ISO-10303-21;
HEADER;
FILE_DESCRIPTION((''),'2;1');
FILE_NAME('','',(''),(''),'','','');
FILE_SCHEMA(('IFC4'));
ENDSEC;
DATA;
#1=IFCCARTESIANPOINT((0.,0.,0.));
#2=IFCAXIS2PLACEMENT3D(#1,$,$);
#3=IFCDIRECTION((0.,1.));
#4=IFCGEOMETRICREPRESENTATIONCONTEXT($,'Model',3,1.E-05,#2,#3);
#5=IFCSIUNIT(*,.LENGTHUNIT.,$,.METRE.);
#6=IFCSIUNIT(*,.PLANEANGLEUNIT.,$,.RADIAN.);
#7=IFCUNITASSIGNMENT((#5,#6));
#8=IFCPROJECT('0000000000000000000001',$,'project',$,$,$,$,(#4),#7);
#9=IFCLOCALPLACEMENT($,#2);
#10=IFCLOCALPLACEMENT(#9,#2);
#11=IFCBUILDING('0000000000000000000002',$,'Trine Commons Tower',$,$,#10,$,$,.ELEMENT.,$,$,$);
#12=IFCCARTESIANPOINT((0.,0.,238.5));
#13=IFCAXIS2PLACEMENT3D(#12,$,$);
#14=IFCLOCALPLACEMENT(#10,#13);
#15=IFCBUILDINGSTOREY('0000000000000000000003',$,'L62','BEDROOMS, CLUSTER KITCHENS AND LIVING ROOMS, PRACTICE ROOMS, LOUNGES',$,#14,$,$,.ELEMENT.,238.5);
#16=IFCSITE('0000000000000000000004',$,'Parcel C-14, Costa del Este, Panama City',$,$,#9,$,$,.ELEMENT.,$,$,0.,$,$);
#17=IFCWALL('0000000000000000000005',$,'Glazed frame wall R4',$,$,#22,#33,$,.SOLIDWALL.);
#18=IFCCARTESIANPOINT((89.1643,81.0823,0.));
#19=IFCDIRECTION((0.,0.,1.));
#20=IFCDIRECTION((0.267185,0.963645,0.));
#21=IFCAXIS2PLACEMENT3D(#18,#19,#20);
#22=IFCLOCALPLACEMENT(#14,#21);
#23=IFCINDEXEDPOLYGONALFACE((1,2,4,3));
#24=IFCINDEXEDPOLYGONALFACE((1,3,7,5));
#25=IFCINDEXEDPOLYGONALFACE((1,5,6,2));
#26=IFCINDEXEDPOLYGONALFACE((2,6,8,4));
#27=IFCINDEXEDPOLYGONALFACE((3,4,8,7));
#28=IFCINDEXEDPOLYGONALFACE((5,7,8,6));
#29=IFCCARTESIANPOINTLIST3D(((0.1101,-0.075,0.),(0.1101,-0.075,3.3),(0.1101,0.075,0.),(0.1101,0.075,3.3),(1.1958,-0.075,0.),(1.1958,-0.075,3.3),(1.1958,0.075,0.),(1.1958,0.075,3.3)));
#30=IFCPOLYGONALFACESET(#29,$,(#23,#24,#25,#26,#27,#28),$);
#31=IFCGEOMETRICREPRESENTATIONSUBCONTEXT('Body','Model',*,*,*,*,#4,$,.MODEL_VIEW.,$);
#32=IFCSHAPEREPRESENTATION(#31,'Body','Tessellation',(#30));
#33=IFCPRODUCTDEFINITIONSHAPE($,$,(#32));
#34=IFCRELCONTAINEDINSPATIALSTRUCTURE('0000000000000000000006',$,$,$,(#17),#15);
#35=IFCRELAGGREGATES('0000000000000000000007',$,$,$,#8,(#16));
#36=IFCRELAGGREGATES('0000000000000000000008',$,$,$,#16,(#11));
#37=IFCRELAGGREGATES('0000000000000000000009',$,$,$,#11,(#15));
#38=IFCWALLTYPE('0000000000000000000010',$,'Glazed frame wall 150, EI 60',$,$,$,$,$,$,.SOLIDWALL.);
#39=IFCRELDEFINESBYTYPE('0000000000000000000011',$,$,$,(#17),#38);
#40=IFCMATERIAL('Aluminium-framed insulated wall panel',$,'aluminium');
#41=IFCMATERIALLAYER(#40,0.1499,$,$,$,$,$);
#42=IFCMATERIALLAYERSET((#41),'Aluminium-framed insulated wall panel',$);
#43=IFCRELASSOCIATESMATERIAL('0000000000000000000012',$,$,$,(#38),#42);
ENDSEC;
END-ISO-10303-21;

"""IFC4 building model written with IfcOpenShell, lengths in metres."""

from ifc_helpers import new_model, si_unit, direction, frame, origin, place, context, subcontext, project, spatial, polyline, outline, extrude, material, layer, layer_set, type_object, element, save


model = new_model("IFC4")

# Units and contexts
model_context = context("Model", 3, precision=1e-05, world=origin(), true_north=direction((0.0, 1.0)))
body_context = subcontext(model_context, "Body", "Model", "MODEL_VIEW")
ifc_project = project(units=[si_unit("LENGTHUNIT", "METRE"), si_unit("PLANEANGLEUNIT", "RADIAN")], contexts=[model_context])

# Site, building, storey
site_placement = place(None, origin())
site = spatial("IfcSite", under=ifc_project, at=site_placement, Name="Parcel C-14, Costa del Este, Panama City", CompositionType="ELEMENT", RefElevation=0.0)
building_placement = place(site_placement, origin())
building = spatial("IfcBuilding", under=site, at=building_placement, Name="Trine Commons Tower", CompositionType="ELEMENT")
storey_placement = place(building_placement, frame((0.0, 0.0, 238.5)))
storey = spatial("IfcBuildingStorey", under=building, at=storey_placement, Name="L62", Description="BEDROOMS, CLUSTER KITCHENS AND LIVING ROOMS, PRACTICE ROOMS, LOUNGES", CompositionType="ELEMENT", Elevation=238.5)

# Shared definitions
ifc_material_1 = material(Name="Aluminium-framed insulated wall panel", Category="aluminium")
ifc_layer_1 = layer(ifc_material_1, 0.1499)
ifc_layer_set_1 = layer_set([ifc_layer_1], Name="Aluminium-framed insulated wall panel")
wall_type_1 = type_object("IfcWallType", Name="Glazed frame wall 150, EI 60", PredefinedType="SOLIDWALL", material=ifc_layer_set_1)

# Wall
wall_1_placement = place(storey_placement, frame((89.1643, 81.0823, 0.0), z_axis=(0.0, 0.0, 1.0), x_axis=(0.267185, 0.963645, 0.0)))
element("IfcWall", 1, at=wall_1_placement, inside=storey, type_object=wall_type_1, Name="Glazed frame wall R4", PredefinedType="SOLIDWALL", context=body_context, shape_type="SweptSolid", body=[
    extrude(outline(polyline([(0.1101, 0.075), (0.1101, -0.075), (1.1958, -0.075), (1.1958, 0.075), (0.1101, 0.075)])), origin(), (0.0, 0.0, 1.0), 3.3),
])

save(model, "model.ifc")
